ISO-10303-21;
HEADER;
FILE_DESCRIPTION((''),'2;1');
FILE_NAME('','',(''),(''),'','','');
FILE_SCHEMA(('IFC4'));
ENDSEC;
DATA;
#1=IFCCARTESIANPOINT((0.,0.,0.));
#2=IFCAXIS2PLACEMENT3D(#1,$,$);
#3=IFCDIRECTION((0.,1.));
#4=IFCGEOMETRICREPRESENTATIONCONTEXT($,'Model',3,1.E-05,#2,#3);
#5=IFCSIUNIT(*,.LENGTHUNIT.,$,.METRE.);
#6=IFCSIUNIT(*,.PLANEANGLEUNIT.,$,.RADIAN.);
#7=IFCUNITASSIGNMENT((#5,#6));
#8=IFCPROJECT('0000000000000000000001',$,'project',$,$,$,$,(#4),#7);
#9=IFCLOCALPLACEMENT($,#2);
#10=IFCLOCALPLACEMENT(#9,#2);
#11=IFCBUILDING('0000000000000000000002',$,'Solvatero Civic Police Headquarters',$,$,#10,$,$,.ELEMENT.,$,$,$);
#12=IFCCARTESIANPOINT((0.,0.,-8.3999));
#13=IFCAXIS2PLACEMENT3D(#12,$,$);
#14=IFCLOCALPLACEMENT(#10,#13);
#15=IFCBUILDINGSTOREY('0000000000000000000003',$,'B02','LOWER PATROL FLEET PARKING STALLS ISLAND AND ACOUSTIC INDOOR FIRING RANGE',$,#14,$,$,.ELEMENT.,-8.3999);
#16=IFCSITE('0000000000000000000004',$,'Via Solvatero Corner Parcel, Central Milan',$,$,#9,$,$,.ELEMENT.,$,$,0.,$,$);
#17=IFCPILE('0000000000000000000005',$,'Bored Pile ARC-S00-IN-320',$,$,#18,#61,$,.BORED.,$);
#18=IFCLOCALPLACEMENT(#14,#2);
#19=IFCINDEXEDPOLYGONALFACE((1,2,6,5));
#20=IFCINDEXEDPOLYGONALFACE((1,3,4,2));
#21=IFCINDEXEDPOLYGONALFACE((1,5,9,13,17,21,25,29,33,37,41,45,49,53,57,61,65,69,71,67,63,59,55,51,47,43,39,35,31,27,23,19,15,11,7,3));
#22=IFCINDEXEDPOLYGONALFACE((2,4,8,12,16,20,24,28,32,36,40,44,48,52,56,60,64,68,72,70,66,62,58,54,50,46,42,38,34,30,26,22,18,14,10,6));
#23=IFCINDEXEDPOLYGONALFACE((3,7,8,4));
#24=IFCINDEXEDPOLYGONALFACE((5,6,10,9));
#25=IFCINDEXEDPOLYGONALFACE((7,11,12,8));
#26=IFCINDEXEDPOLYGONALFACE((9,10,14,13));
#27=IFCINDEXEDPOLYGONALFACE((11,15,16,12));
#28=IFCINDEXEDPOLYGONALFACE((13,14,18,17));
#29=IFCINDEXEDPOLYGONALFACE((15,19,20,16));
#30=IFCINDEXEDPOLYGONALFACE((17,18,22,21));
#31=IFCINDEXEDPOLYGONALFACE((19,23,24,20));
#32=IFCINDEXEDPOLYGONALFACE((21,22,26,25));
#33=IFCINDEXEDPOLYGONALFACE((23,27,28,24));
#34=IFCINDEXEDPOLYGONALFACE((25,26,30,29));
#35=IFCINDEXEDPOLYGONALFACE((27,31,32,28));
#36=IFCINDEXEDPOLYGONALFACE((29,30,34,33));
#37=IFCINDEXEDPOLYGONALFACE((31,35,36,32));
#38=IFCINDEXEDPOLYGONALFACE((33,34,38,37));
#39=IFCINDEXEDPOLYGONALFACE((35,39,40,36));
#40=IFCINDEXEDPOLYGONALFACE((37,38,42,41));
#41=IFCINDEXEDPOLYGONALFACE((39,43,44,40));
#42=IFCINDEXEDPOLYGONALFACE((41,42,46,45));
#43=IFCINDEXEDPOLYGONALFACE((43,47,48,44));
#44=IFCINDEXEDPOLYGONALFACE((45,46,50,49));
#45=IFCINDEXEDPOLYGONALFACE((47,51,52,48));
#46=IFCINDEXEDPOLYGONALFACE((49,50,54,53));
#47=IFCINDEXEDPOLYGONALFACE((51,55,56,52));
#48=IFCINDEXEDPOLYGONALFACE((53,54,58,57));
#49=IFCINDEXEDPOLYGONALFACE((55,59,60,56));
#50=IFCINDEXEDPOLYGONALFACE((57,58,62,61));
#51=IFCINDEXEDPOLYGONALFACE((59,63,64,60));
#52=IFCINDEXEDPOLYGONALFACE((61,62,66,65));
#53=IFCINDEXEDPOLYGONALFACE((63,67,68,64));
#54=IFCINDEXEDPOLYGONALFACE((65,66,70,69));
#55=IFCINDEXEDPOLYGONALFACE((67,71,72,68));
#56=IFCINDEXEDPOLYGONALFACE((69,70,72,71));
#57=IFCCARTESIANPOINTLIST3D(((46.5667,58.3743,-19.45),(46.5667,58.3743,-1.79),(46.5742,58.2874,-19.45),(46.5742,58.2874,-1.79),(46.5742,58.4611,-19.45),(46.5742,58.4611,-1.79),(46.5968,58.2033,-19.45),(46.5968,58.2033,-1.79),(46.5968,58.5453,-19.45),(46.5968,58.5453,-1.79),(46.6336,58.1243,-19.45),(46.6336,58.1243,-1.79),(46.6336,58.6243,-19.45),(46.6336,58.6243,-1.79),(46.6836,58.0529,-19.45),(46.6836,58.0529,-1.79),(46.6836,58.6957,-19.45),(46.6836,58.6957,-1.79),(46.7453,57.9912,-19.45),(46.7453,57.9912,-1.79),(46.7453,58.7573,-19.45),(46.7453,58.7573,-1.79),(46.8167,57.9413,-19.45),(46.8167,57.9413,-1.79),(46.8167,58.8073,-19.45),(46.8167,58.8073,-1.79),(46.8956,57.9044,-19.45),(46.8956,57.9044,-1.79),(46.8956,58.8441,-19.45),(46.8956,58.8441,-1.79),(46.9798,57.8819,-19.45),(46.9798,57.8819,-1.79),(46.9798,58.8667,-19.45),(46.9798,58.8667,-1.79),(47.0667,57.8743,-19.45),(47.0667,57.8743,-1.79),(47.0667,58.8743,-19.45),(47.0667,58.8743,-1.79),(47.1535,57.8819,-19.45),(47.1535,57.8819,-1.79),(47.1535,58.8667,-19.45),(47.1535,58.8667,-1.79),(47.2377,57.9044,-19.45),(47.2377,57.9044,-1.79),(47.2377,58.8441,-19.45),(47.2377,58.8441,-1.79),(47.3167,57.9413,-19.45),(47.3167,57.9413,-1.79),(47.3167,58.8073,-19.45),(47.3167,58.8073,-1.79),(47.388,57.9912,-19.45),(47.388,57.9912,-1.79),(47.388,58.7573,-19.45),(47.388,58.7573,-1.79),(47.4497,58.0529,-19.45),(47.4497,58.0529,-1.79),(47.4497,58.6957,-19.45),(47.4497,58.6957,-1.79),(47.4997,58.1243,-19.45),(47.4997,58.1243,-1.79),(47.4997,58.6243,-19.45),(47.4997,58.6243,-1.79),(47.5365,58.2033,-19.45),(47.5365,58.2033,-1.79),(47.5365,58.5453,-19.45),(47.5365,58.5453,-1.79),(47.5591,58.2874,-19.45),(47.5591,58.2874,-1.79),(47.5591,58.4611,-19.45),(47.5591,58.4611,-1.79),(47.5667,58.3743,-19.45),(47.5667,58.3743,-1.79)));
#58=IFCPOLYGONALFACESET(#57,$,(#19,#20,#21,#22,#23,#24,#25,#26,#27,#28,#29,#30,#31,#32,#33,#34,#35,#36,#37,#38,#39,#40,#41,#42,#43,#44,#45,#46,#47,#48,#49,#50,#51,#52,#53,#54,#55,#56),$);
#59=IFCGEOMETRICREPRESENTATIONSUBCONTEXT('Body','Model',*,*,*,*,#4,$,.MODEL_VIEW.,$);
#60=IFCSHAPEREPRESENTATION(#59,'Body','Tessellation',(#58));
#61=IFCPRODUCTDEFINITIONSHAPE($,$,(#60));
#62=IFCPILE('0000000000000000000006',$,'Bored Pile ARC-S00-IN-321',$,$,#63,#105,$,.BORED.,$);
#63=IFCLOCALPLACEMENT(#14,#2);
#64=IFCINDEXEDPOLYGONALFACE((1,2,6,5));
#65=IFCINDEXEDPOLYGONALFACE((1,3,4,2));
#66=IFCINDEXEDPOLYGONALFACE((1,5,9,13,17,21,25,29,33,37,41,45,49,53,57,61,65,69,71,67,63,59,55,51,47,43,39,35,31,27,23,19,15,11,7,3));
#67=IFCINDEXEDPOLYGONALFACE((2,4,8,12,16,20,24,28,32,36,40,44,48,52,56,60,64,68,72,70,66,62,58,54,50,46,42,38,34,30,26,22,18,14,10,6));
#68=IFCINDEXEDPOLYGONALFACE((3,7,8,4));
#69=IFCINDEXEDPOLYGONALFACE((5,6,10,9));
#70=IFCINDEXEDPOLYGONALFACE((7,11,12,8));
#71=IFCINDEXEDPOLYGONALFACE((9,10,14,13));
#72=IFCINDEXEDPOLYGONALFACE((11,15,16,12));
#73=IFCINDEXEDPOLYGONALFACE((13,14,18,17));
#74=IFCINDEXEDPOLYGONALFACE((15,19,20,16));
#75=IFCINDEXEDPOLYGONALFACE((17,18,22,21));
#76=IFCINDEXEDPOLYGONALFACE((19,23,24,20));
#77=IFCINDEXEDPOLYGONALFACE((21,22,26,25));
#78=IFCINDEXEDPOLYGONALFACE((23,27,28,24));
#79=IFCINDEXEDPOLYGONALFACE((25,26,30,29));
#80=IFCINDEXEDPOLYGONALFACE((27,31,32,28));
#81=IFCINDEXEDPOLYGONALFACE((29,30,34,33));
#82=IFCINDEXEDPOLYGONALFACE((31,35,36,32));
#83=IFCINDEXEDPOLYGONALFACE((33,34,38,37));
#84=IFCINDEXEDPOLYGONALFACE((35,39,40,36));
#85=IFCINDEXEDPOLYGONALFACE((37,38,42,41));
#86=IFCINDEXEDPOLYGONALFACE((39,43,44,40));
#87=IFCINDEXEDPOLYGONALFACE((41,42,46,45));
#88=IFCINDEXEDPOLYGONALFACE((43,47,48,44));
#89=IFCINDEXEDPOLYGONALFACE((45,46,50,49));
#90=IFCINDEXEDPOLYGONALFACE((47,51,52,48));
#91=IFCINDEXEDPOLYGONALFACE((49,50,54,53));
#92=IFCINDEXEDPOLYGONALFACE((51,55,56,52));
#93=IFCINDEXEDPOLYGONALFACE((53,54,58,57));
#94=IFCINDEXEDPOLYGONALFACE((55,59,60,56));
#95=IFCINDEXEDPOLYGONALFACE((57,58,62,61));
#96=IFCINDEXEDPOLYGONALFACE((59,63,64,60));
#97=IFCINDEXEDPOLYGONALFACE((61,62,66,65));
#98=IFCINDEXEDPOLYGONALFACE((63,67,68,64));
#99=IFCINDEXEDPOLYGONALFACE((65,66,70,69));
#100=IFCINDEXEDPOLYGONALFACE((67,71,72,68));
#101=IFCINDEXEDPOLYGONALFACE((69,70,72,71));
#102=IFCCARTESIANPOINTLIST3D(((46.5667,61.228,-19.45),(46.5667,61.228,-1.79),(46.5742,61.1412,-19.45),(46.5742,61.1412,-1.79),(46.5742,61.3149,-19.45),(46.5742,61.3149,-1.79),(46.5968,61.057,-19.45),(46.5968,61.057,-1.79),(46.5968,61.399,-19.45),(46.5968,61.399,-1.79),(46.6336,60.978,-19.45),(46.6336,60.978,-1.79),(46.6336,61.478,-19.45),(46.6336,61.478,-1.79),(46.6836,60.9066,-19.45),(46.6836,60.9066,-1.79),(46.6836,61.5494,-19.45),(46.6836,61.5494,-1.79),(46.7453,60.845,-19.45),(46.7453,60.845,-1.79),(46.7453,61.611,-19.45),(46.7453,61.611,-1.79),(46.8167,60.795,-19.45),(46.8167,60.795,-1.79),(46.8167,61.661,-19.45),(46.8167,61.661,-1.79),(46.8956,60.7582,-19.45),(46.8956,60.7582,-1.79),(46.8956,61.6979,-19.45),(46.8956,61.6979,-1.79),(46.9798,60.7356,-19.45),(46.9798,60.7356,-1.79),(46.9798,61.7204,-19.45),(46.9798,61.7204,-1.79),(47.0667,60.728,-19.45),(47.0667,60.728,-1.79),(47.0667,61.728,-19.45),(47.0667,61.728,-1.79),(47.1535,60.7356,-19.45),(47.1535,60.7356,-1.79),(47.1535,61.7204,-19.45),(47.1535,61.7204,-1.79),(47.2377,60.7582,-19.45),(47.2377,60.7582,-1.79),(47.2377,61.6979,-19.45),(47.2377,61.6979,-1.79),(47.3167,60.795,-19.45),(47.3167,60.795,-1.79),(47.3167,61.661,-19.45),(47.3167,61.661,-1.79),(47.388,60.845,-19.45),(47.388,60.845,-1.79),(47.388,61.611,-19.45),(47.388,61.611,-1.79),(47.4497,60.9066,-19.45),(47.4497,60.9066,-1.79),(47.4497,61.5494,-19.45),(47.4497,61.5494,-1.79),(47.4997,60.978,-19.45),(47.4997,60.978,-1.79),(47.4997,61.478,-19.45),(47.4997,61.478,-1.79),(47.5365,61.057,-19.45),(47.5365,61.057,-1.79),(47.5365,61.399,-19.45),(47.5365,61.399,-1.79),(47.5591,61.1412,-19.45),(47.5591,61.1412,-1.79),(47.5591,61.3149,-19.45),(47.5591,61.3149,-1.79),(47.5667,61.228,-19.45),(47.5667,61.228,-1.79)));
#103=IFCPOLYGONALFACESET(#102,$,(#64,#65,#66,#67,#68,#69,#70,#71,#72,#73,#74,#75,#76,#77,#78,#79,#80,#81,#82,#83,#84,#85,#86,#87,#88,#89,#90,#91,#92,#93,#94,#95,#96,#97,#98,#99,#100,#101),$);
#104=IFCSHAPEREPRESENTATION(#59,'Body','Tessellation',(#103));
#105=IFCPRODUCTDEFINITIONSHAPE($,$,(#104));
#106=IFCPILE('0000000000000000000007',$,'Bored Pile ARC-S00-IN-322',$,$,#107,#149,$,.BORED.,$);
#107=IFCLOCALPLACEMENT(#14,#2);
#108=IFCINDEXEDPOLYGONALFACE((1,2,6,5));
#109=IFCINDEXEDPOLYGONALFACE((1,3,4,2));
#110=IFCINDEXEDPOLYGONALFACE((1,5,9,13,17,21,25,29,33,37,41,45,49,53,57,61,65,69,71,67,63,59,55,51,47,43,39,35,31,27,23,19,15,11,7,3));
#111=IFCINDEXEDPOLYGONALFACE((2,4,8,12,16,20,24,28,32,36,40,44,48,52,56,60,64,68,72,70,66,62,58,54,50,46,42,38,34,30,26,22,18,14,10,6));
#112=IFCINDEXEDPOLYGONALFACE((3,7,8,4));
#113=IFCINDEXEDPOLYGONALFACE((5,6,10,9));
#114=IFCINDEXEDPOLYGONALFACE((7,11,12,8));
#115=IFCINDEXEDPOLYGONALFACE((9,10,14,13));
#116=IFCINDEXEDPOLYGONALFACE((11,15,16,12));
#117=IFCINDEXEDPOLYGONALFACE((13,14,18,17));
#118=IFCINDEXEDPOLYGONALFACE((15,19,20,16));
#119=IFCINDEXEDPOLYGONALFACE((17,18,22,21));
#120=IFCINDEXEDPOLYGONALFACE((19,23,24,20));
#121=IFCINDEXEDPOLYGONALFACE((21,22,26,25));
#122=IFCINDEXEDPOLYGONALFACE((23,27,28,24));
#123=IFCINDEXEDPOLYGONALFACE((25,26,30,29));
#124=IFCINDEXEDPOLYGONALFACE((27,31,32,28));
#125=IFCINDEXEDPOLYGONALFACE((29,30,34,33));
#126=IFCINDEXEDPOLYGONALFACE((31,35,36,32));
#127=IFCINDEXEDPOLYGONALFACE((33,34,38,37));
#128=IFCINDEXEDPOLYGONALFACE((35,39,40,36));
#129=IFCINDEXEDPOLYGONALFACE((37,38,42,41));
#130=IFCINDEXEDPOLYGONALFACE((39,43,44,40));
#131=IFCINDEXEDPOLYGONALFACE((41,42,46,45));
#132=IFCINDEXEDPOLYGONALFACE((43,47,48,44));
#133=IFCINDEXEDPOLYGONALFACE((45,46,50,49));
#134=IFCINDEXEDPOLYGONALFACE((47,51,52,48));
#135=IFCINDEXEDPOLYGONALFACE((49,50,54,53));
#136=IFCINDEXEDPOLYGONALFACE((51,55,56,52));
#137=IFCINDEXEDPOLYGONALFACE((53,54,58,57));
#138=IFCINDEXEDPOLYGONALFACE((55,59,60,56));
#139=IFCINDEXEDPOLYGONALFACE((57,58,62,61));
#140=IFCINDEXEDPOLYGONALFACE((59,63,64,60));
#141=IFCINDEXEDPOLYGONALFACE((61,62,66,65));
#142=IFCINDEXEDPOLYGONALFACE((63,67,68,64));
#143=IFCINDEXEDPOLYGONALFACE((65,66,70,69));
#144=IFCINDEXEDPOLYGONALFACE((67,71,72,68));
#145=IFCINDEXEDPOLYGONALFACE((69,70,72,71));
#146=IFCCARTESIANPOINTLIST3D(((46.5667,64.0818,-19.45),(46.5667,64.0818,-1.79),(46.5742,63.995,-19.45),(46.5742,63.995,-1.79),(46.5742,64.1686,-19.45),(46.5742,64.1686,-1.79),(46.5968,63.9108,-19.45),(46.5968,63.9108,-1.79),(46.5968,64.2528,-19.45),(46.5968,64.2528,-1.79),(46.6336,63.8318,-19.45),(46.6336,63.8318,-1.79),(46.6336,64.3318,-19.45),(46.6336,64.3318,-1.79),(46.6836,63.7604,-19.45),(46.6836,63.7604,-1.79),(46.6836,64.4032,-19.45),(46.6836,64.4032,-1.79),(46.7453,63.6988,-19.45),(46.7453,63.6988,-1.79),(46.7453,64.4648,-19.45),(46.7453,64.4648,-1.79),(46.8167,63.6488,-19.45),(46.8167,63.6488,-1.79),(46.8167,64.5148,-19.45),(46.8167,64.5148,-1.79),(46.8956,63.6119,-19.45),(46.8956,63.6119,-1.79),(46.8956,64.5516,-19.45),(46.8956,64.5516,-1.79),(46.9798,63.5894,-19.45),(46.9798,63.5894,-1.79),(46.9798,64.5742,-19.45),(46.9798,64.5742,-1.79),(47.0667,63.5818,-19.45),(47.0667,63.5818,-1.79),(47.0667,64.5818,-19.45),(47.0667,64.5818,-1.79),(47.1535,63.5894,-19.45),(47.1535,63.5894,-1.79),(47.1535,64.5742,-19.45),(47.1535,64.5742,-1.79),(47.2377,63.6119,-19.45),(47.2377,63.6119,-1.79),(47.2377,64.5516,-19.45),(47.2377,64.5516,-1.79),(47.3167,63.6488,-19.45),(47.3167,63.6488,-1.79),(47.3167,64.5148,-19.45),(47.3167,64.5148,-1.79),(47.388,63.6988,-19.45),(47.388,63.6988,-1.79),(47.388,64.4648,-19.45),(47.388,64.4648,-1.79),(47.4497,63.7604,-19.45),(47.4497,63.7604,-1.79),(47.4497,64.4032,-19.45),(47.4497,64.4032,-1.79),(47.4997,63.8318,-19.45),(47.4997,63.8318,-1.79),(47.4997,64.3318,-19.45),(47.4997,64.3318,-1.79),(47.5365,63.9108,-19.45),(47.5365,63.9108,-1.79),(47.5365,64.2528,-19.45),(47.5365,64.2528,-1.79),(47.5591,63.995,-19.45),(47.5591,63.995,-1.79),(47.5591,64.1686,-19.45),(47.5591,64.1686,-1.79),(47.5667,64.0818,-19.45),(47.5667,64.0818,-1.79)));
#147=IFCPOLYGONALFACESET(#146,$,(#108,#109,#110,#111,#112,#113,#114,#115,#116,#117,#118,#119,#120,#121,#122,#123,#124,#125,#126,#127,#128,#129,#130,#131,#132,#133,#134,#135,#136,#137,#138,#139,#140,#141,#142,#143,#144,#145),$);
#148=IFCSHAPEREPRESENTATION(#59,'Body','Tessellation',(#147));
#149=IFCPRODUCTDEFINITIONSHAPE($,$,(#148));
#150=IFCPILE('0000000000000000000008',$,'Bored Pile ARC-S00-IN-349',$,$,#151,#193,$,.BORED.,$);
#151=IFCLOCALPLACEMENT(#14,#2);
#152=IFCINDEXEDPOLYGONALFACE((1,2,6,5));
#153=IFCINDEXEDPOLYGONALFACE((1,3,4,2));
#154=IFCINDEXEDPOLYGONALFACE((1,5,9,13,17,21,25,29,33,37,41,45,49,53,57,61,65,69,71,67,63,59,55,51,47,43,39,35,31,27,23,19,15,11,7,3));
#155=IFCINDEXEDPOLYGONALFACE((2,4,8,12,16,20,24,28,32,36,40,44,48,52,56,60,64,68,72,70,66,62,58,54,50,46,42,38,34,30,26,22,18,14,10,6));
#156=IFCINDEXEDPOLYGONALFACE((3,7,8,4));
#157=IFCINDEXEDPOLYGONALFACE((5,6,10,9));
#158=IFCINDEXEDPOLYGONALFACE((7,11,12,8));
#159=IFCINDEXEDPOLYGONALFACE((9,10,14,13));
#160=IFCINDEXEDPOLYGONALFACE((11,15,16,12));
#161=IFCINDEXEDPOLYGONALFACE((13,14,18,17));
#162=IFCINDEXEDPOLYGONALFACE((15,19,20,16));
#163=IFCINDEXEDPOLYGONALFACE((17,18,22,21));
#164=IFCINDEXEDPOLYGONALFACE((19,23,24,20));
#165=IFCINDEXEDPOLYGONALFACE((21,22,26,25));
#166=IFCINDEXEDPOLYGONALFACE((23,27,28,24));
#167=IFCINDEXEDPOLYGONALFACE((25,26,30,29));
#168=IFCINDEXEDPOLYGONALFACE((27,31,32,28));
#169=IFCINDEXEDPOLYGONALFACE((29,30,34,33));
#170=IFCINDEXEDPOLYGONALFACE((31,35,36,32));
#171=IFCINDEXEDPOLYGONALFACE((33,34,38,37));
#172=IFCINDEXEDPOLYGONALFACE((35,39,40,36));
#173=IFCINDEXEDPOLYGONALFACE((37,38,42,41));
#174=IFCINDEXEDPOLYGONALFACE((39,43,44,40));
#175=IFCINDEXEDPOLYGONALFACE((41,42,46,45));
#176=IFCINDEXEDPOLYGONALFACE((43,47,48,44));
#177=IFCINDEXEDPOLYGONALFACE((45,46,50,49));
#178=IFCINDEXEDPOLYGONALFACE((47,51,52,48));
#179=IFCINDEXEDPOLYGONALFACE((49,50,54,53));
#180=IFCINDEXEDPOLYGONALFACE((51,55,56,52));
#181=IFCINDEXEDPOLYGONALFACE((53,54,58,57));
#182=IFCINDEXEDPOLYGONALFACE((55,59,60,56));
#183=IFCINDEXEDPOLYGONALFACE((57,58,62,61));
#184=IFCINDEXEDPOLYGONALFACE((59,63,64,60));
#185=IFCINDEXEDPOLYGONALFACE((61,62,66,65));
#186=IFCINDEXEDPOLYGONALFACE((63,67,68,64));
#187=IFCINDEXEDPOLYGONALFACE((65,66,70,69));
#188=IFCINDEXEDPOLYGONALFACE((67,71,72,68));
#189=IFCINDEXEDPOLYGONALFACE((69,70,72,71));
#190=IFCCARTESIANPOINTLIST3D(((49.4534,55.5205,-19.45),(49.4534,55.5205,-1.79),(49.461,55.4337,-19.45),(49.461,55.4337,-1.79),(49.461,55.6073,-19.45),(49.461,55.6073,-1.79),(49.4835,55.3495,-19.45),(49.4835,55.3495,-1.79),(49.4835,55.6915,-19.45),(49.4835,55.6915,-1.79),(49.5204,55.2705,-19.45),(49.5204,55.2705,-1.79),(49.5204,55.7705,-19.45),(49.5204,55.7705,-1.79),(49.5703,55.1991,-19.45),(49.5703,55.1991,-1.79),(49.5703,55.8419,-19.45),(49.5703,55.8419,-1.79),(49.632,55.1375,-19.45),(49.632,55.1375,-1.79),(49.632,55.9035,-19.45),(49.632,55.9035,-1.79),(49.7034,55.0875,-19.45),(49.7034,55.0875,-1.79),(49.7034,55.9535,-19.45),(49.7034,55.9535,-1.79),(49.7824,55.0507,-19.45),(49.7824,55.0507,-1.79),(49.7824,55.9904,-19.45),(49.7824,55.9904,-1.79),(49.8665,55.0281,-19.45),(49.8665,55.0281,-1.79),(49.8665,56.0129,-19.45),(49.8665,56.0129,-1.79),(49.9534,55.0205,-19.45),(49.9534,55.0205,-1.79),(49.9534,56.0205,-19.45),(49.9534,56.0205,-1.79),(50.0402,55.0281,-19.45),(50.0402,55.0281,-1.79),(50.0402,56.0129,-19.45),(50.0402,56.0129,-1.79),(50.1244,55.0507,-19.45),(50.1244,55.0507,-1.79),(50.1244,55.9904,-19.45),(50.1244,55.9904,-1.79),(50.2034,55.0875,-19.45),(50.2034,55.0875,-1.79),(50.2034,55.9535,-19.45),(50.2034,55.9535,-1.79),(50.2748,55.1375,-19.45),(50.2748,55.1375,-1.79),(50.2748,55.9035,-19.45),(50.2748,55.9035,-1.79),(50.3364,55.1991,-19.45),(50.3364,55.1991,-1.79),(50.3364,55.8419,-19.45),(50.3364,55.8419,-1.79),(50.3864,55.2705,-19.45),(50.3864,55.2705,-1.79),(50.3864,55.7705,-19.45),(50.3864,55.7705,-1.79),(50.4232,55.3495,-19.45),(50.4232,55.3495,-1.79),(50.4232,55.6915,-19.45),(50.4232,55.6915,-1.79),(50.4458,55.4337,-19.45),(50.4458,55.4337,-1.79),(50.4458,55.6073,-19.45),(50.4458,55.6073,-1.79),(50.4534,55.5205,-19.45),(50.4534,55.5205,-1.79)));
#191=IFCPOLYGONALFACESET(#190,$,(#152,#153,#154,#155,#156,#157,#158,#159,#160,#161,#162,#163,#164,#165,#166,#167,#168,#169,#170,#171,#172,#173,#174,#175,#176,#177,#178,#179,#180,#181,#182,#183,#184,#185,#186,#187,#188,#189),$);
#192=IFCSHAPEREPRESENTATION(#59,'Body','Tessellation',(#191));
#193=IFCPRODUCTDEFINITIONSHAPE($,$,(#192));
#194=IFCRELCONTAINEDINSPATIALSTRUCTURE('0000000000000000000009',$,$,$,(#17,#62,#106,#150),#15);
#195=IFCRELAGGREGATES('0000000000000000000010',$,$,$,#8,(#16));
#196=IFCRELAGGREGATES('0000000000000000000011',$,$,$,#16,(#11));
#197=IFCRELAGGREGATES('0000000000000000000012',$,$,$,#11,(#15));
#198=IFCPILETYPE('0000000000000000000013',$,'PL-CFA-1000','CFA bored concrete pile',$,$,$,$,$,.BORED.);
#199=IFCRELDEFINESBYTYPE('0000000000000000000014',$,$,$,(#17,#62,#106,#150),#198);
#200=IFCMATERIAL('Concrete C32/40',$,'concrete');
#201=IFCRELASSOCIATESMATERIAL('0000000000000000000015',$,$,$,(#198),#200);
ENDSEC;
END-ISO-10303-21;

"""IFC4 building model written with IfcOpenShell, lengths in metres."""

from ifc_helpers import new_model, si_unit, direction, frame, origin, origin_2d, place, context, subcontext, project, spatial, circle, extrude, material, material_profile, profile_set, type_object, element, save


model = new_model("IFC4")

# Units and contexts
model_context = context("Model", 3, precision=1e-05, world=origin(), true_north=direction((0.0, 1.0)))
body_context = subcontext(model_context, "Body", "Model", "MODEL_VIEW")
ifc_project = project(units=[si_unit("LENGTHUNIT", "METRE"), si_unit("PLANEANGLEUNIT", "RADIAN")], contexts=[model_context])

# Site, building, storey
site_placement = place(None, origin())
site = spatial("IfcSite", under=ifc_project, at=site_placement, Name="Via Solvatero Corner Parcel, Central Milan", CompositionType="ELEMENT", RefElevation=0.0)
building_placement = place(site_placement, origin())
building = spatial("IfcBuilding", under=site, at=building_placement, Name="Solvatero Civic Police Headquarters", CompositionType="ELEMENT")
storey_placement = place(building_placement, frame((0.0, 0.0, -8.3999)))
storey = spatial("IfcBuildingStorey", under=building, at=storey_placement, Name="B02", Description="LOWER PATROL FLEET PARKING STALLS ISLAND AND ACOUSTIC INDOOR FIRING RANGE", CompositionType="ELEMENT", Elevation=-8.3999)

# Piles
ifc_material_1 = material(Name="Concrete C32/40", Category="concrete")
ifc_material_profile_1 = material_profile(ifc_material_1, circle(Radius=0.5, at=origin_2d()), Name="CFA PILE D1000")
ifc_profile_set_1 = profile_set([ifc_material_profile_1], Name="Concrete C32/40")
pile_type = type_object("IfcPileType", Name="PL-CFA-1000", Description="CFA bored concrete pile", PredefinedType="BORED", material=ifc_profile_set_1)
for number, where, z_axis, x_axis, name in (
    (1, (47.0667, 58.3743, -1.79), (0.0, 0.0, -1.0), (1.0, 0.0, 0.0), "Bored Pile ARC-S00-IN-320"),
    (2, (47.0667, 61.228, -1.79), (0.0, 0.0, -1.0), (1.0, 0.0, 0.0), "Bored Pile ARC-S00-IN-321"),
    (3, (47.0667, 64.0818, -1.79), (0.0, 0.0, -1.0), (1.0, 0.0, 0.0), "Bored Pile ARC-S00-IN-322"),
    (4, (49.9534, 55.5205, -1.79), (0.0, 0.0, -1.0), (1.0, 0.0, 0.0), "Bored Pile ARC-S00-IN-349"),
):
    element("IfcPile", number, at=place(storey_placement, frame(where, z_axis=z_axis, x_axis=x_axis)), inside=storey, type_object=pile_type, Name=name, PredefinedType="BORED", context=body_context, shape_type="SweptSolid", body=[
        extrude(circle(Radius=0.5, at=origin_2d()), origin(), (0.0, 0.0, 1.0), 17.6599),
    ])

save(model, "model.ifc")
